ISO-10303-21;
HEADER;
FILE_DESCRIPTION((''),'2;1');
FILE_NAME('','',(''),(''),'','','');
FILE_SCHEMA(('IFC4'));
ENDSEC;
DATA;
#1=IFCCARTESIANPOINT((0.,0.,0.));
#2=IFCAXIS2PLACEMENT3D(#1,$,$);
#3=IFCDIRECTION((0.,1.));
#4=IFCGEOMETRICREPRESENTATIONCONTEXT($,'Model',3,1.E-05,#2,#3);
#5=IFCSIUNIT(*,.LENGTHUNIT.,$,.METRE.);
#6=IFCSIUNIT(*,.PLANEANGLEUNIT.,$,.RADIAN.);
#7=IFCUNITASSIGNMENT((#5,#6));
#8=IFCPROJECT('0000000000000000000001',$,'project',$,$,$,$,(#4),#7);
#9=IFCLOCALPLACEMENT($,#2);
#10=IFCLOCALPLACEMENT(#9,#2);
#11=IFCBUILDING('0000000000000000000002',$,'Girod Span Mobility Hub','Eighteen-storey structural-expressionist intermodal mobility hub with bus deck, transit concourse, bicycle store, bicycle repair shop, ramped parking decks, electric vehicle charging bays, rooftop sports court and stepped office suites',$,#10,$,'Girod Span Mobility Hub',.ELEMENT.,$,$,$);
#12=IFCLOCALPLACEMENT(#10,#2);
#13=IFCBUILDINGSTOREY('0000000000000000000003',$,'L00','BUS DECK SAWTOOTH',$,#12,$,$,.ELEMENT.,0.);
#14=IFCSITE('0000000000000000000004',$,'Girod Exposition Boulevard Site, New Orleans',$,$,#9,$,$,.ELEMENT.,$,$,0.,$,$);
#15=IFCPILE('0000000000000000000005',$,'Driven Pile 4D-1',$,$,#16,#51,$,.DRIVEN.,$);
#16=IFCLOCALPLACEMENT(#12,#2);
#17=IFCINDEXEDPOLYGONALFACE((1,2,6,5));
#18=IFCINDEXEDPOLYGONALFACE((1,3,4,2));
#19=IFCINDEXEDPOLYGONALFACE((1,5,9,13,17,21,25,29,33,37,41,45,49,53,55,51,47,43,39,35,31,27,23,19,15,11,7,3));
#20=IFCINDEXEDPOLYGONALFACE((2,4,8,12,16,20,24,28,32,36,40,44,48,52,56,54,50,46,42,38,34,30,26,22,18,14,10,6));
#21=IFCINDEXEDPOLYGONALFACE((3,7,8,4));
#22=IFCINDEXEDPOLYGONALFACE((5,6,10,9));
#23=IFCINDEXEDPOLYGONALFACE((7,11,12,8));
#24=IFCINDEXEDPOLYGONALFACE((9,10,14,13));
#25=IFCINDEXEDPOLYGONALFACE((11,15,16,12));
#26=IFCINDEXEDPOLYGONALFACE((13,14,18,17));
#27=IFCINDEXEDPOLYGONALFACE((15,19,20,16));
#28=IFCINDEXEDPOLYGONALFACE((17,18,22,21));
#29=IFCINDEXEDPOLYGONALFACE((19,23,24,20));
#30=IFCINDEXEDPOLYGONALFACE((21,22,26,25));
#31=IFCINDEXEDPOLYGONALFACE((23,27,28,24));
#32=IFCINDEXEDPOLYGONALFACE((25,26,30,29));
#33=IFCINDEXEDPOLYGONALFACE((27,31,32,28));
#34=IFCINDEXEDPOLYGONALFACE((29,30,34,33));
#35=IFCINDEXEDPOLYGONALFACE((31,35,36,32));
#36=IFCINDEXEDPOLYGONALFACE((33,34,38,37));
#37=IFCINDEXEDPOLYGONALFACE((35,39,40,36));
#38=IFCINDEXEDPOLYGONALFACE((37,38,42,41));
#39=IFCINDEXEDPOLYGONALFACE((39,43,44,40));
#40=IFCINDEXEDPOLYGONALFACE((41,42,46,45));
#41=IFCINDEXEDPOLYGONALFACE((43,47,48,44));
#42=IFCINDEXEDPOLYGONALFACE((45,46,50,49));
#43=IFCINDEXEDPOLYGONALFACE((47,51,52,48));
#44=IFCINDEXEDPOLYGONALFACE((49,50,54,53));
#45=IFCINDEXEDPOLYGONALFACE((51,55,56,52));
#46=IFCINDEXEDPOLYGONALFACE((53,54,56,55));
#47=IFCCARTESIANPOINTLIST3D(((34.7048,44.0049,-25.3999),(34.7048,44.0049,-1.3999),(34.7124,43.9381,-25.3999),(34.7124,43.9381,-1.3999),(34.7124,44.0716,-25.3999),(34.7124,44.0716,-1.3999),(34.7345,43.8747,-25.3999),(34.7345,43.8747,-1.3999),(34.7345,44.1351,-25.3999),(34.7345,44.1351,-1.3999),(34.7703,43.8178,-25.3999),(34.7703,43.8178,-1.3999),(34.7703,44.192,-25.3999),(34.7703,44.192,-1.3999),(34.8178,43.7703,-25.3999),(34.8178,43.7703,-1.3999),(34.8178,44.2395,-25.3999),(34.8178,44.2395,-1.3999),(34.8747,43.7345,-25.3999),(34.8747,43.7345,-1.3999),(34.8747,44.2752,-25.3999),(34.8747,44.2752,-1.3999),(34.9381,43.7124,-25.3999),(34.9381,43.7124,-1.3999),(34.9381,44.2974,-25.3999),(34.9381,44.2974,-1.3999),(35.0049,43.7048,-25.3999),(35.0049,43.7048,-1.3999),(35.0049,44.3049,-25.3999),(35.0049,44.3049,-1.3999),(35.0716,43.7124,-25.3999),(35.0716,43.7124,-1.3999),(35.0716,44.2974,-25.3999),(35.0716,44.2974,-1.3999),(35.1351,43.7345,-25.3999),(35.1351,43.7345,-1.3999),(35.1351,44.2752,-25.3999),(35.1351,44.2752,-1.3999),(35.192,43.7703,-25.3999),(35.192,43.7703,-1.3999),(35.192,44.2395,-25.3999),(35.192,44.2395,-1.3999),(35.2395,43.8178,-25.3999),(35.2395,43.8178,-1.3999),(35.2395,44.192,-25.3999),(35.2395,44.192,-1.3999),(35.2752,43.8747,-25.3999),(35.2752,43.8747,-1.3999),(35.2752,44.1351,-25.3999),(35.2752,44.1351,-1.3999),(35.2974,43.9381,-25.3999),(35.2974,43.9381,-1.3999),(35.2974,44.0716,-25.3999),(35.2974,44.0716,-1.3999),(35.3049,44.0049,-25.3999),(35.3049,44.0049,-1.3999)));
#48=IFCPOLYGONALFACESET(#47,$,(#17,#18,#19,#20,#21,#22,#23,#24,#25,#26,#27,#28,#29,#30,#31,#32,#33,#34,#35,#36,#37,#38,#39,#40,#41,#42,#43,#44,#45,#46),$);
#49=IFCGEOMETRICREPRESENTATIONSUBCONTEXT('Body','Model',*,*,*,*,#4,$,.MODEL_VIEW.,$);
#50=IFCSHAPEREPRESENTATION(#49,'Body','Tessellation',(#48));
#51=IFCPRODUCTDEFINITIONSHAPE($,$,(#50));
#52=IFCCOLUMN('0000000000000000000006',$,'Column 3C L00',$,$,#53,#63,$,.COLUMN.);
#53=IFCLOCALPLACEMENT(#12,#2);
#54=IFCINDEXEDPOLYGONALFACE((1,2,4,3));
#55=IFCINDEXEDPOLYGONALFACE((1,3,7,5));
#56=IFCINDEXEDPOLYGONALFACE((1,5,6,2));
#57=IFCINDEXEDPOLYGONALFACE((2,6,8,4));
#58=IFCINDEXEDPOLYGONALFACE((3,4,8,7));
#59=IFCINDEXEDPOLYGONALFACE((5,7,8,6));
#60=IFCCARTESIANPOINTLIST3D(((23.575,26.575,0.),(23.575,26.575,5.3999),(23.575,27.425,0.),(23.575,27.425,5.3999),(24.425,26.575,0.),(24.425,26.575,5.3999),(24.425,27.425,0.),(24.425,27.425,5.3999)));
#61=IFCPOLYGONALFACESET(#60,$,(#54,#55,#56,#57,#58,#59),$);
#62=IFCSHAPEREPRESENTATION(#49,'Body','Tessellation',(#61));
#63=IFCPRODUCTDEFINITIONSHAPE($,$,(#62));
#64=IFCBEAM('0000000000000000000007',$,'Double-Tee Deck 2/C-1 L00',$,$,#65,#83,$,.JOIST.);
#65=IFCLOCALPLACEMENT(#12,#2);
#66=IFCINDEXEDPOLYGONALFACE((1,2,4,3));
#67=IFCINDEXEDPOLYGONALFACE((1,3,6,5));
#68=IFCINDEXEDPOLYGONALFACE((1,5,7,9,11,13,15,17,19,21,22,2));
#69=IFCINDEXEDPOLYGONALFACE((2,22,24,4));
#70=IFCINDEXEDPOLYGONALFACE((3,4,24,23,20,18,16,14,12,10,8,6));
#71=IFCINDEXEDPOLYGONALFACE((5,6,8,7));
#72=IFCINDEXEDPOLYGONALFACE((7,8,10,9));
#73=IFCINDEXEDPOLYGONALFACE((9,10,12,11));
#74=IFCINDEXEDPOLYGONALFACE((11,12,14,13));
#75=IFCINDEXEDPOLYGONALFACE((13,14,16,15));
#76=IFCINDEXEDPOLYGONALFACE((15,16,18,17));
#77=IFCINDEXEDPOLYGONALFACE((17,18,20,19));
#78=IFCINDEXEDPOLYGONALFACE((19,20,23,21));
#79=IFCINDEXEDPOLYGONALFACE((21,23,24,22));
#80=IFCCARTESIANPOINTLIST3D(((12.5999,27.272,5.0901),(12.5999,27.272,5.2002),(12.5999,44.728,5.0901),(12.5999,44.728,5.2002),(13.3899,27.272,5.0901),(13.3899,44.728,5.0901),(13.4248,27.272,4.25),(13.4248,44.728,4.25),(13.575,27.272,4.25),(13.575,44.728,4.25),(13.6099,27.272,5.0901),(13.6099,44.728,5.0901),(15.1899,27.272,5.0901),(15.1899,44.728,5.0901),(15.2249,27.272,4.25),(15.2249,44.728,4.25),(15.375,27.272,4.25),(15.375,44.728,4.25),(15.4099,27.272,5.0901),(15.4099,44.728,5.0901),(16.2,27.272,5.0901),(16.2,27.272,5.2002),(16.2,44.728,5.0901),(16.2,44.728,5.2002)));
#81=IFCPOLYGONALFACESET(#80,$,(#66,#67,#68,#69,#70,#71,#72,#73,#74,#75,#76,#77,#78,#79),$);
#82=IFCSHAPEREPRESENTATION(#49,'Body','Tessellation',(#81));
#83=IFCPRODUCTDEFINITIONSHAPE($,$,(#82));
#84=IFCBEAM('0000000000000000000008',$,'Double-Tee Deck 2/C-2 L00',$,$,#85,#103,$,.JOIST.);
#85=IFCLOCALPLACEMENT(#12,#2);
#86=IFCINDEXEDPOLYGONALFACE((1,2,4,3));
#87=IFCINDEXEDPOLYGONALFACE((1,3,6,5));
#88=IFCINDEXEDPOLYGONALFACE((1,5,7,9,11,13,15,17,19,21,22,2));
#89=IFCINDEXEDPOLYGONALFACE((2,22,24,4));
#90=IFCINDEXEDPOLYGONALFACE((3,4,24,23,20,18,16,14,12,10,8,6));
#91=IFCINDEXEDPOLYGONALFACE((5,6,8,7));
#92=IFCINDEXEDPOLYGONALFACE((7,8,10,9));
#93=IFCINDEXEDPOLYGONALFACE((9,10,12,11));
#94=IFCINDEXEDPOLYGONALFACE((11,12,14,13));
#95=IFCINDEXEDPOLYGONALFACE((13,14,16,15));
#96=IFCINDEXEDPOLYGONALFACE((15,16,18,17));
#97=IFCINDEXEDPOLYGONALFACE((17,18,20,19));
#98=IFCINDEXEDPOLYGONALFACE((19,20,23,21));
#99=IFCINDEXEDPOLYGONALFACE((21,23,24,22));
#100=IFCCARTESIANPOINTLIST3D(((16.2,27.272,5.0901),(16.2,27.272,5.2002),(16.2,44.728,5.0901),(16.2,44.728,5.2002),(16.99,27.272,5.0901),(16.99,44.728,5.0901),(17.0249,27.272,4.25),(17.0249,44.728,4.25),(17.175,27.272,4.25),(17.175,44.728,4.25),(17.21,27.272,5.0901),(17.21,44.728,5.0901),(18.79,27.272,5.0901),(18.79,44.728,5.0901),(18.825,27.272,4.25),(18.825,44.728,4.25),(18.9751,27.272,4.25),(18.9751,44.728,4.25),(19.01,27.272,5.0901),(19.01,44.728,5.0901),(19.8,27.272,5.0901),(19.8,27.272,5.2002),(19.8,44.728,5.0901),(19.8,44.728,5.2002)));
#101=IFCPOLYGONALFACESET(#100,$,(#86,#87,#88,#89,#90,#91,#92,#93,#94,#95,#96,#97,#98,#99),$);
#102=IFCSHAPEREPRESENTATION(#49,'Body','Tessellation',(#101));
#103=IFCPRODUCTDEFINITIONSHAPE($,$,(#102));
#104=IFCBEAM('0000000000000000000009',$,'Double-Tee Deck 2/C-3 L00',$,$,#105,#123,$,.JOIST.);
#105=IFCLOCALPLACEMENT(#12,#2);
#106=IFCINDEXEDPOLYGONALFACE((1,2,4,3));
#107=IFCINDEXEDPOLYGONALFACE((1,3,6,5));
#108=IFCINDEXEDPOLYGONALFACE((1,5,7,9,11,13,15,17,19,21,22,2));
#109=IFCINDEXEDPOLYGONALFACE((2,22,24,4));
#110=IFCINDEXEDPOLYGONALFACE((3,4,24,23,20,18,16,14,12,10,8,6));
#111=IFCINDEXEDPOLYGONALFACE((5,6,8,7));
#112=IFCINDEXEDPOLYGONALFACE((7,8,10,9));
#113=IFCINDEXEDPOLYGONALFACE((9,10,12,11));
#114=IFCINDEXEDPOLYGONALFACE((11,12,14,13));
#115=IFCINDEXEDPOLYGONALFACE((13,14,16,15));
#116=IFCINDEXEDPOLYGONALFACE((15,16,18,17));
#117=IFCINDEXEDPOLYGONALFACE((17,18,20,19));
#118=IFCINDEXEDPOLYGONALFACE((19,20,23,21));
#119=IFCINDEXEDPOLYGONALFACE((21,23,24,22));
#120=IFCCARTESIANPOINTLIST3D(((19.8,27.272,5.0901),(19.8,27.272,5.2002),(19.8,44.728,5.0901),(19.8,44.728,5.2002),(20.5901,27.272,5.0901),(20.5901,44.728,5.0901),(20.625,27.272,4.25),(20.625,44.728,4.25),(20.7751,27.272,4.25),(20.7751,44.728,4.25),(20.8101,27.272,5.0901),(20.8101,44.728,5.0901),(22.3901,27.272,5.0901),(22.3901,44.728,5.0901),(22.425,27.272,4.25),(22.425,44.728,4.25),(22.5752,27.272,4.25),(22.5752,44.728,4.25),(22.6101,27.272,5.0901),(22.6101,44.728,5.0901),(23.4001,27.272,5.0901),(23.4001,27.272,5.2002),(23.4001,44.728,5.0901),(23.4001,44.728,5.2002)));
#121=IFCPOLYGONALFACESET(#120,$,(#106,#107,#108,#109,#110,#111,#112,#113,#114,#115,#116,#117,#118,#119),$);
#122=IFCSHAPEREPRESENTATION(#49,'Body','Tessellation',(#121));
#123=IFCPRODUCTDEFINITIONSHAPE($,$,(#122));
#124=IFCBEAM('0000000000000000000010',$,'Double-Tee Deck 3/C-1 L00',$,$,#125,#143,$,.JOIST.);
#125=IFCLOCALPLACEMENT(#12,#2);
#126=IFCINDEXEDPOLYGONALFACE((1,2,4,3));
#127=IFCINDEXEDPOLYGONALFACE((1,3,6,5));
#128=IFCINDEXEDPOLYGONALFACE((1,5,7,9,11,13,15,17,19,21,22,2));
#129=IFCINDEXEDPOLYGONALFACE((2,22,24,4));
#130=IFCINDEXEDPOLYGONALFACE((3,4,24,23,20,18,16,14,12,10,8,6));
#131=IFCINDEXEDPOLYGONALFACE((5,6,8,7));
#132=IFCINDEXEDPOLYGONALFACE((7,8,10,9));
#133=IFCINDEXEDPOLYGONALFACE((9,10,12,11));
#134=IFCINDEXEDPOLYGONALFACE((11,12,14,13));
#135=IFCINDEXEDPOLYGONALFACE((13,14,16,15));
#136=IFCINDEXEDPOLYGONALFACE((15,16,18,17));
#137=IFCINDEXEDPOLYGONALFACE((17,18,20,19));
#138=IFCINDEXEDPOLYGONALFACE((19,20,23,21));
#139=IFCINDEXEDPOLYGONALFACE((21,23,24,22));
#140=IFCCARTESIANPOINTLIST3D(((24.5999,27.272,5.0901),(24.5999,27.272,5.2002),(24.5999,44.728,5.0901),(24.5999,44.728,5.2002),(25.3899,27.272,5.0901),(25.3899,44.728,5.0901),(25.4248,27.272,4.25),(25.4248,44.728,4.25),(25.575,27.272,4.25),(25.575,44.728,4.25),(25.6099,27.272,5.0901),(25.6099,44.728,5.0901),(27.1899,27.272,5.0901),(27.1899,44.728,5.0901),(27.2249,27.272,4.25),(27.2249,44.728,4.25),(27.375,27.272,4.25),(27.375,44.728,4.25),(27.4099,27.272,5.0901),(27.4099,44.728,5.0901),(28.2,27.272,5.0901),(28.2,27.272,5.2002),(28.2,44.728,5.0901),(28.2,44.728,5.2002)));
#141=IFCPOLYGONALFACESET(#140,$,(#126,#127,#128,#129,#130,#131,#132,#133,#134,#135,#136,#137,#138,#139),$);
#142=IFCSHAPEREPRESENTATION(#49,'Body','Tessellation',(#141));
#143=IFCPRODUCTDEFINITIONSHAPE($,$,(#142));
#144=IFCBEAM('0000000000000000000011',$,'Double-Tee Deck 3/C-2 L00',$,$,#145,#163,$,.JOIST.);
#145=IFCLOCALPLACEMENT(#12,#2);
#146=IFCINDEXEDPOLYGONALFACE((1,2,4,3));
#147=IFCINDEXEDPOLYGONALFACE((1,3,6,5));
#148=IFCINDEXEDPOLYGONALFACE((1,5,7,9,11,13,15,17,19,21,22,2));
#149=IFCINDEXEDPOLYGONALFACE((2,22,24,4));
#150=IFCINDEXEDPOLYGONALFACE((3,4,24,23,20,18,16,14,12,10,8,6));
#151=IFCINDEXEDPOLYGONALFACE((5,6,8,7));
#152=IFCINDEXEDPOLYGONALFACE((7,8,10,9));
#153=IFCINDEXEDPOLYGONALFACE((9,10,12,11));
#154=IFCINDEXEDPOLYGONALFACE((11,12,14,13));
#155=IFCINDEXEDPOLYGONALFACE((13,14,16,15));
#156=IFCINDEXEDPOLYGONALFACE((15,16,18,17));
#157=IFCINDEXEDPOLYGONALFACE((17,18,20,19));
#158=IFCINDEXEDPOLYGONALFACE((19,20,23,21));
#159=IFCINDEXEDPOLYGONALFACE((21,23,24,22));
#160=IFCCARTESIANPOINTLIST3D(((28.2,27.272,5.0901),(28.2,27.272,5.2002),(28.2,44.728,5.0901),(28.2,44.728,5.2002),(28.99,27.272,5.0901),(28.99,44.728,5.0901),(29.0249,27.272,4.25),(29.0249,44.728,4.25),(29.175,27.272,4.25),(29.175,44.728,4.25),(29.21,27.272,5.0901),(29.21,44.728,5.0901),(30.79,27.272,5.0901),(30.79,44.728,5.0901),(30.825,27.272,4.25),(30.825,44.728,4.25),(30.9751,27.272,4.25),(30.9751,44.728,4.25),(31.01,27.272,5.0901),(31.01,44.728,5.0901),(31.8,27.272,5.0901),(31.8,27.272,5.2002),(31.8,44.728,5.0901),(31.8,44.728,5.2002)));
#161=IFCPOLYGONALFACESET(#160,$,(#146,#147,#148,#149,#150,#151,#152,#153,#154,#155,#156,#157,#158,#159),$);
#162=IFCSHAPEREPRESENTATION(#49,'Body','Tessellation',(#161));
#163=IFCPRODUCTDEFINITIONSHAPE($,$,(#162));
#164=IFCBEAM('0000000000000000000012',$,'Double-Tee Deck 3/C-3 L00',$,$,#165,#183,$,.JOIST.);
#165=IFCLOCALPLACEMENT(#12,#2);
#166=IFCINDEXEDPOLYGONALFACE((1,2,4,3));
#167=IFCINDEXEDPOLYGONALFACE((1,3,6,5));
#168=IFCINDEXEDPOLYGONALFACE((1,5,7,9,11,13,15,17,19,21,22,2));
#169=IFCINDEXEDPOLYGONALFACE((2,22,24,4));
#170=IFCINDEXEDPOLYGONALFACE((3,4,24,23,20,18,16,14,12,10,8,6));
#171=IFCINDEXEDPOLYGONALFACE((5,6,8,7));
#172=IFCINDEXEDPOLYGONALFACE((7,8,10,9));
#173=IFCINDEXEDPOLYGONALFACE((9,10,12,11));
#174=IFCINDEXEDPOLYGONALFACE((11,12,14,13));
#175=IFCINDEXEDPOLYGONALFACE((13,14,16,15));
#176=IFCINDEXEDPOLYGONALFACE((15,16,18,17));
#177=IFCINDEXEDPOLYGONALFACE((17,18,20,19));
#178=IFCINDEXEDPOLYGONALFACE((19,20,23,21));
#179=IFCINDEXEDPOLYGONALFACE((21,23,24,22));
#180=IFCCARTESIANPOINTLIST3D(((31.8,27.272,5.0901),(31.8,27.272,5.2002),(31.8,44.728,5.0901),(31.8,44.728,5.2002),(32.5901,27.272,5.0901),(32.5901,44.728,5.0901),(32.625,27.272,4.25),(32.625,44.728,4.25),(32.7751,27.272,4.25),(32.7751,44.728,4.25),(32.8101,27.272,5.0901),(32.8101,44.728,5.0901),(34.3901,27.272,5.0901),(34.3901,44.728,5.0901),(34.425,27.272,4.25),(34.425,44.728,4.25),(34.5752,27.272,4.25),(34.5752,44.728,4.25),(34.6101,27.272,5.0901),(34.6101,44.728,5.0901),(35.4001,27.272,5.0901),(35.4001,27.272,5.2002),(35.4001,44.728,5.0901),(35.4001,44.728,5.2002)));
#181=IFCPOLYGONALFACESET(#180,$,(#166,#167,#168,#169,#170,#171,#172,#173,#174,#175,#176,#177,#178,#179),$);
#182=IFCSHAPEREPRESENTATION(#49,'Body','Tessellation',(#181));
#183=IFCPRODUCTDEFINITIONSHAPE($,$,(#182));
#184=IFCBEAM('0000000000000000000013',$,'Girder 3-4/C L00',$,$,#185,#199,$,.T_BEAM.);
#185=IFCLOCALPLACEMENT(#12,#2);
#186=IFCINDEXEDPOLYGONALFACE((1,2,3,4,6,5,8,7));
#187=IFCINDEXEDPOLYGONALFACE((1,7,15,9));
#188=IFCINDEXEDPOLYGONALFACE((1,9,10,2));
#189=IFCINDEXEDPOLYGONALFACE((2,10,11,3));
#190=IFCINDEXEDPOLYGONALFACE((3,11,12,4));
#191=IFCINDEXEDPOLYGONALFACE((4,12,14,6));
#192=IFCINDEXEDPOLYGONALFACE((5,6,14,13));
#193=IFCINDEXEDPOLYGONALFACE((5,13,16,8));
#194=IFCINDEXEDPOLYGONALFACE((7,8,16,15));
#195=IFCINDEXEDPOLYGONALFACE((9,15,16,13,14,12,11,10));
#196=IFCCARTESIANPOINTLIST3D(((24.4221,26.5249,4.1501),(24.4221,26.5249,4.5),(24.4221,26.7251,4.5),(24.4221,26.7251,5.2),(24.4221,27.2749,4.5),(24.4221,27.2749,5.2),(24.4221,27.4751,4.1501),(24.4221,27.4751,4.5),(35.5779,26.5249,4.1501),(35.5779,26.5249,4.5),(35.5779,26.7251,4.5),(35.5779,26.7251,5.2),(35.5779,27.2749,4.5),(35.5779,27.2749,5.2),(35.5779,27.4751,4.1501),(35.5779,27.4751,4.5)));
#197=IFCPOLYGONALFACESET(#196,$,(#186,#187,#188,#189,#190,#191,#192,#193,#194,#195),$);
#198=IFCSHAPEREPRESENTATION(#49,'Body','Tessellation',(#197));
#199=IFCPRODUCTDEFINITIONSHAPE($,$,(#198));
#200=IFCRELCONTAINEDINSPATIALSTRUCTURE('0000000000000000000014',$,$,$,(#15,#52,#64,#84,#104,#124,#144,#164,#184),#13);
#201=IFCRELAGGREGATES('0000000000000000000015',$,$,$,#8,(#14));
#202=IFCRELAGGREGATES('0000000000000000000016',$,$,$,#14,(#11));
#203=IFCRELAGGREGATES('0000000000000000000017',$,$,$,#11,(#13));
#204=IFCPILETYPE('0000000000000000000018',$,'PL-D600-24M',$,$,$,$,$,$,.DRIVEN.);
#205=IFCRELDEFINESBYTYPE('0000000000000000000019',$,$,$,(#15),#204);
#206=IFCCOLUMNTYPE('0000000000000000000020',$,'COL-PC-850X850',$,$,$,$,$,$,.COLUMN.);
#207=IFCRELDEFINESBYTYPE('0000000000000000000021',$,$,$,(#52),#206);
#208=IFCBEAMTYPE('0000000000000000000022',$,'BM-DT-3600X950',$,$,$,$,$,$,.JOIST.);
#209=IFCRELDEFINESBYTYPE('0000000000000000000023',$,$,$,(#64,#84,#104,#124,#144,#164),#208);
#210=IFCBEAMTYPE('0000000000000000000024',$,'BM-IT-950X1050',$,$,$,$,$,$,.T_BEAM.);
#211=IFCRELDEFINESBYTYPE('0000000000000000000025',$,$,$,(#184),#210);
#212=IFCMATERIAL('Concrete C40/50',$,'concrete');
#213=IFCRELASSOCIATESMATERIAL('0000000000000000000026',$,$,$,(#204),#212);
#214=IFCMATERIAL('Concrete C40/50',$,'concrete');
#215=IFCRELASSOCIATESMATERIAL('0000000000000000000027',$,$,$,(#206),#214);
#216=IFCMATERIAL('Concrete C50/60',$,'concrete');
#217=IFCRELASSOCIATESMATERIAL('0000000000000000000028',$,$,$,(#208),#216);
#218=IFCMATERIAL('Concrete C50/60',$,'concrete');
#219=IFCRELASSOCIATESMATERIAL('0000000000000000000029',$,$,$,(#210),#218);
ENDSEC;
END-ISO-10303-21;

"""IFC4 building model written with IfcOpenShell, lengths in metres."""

from ifc_helpers import new_model, si_unit, direction, frame, origin, origin_2d, place, context, subcontext, project, spatial, polyline, rectangle, circle, outline, extrude, material, material_profile, profile_set, type_object, element, save


model = new_model("IFC4")

# Units and contexts
model_context = context("Model", 3, precision=1e-05, world=origin(), true_north=direction((0.0, 1.0)))
body_context = subcontext(model_context, "Body", "Model", "MODEL_VIEW")
ifc_project = project(units=[si_unit("LENGTHUNIT", "METRE"), si_unit("PLANEANGLEUNIT", "RADIAN")], contexts=[model_context])

# Site, building, storey
site_placement = place(None, origin())
site = spatial("IfcSite", under=ifc_project, at=site_placement, Name="Girod Exposition Boulevard Site, New Orleans", CompositionType="ELEMENT", RefElevation=0.0)
building_placement = place(site_placement, origin())
building = spatial("IfcBuilding", under=site, at=building_placement, Name="Girod Span Mobility Hub", Description="Eighteen-storey structural-expressionist intermodal mobility hub with bus deck, transit concourse, bicycle store, bicycle repair shop, ramped parking decks, electric vehicle charging bays, rooftop sports court and stepped office suites", LongName="Girod Span Mobility Hub", CompositionType="ELEMENT")
storey_placement = place(building_placement, origin())
storey = spatial("IfcBuildingStorey", under=building, at=storey_placement, Name="L00", Description="BUS DECK SAWTOOTH", CompositionType="ELEMENT", Elevation=0.0)

# Pile
ifc_material_1 = material(Name="Concrete C40/50", Category="concrete")
ifc_material_profile_1 = material_profile(ifc_material_1, circle(Radius=0.3, at=origin_2d()), Name="PILE-D600")
ifc_profile_set_1 = profile_set([ifc_material_profile_1], Name="Concrete C40/50")
pile_type_1 = type_object("IfcPileType", Name="PL-D600-24M", PredefinedType="DRIVEN", material=ifc_profile_set_1)
for number, where, z_axis, x_axis, name in (
    (1, (35.0049, 44.0049, -1.3999), (0.0, 0.0, -1.0), (1.0, 0.0, 0.0), "Driven Pile 4D-1"),
):
    element("IfcPile", number, at=place(storey_placement, frame(where, z_axis=z_axis, x_axis=x_axis)), inside=storey, type_object=pile_type_1, Name=name, PredefinedType="DRIVEN", context=body_context, shape_type="SweptSolid", body=[
        extrude(circle(Radius=0.3, at=origin_2d()), origin(), (0.0, 0.0, 1.0), 24.0),
    ])

# Column
ifc_material_2 = material(Name="Concrete C40/50", Category="concrete")
ifc_material_profile_2 = material_profile(ifc_material_2, rectangle(XDim=0.8501, YDim=0.8501, at=origin_2d()), Name="PC-COL-850X850")
ifc_profile_set_2 = profile_set([ifc_material_profile_2], Name="Concrete C40/50")
column_type = type_object("IfcColumnType", Name="COL-PC-850X850", PredefinedType="COLUMN", material=ifc_profile_set_2)
column_placement = place(storey_placement, frame((24.0, 27.0, 0.0), z_axis=(0.0, 0.0, 1.0), x_axis=(1.0, 0.0, 0.0)))
element("IfcColumn", 2, at=column_placement, inside=storey, type_object=column_type, Name="Column 3C L00", PredefinedType="COLUMN", context=body_context, shape_type="SweptSolid", body=[
    extrude(rectangle(XDim=0.8501, YDim=0.8501, at=origin_2d()), origin(), (0.0, 0.0, 1.0), 5.3999),
])

# Beams
ifc_material_3 = material(Name="Concrete C50/60", Category="concrete")
ifc_material_profile_3 = material_profile(ifc_material_3, outline(polyline([(-1.8, 0.4751), (-1.8, 0.365), (-1.01, 0.365), (-0.9751, -0.4751), (-0.825, -0.4751), (-0.79, 0.365), (0.79, 0.365), (0.825, -0.4751), (0.9751, -0.4751), (1.01, 0.365), (1.8, 0.365), (1.8, 0.4751), (-1.8, 0.4751)])), Name="DT-3600X950")
ifc_profile_set_3 = profile_set([ifc_material_profile_3], Name="Concrete C50/60")
beam_type_1 = type_object("IfcBeamType", Name="BM-DT-3600X950", PredefinedType="JOIST", material=ifc_profile_set_3)
for number, where, z_axis, x_axis, name in (
    (3, (14.3999, 27.272, 4.7251), (0.0, 1.0, 0.0), (-1.0, 0.0, 0.0), "Double-Tee Deck 2/C-1 L00"),
    (4, (18.0, 27.272, 4.7251), (0.0, 1.0, 0.0), (-1.0, 0.0, 0.0), "Double-Tee Deck 2/C-2 L00"),
    (5, (21.6001, 27.272, 4.7251), (0.0, 1.0, 0.0), (-1.0, 0.0, 0.0), "Double-Tee Deck 2/C-3 L00"),
    (6, (26.3999, 27.272, 4.7251), (0.0, 1.0, 0.0), (-1.0, 0.0, 0.0), "Double-Tee Deck 3/C-1 L00"),
    (7, (30.0, 27.272, 4.7251), (0.0, 1.0, 0.0), (-1.0, 0.0, 0.0), "Double-Tee Deck 3/C-2 L00"),
    (8, (33.6001, 27.272, 4.7251), (0.0, 1.0, 0.0), (-1.0, 0.0, 0.0), "Double-Tee Deck 3/C-3 L00"),
):
    element("IfcBeam", number, at=place(storey_placement, frame(where, z_axis=z_axis, x_axis=x_axis)), inside=storey, type_object=beam_type_1, Name=name, PredefinedType="JOIST", context=body_context, shape_type="SweptSolid", body=[
        extrude(outline(polyline([(-1.8, 0.4751), (-1.8, 0.365), (-1.01, 0.365), (-0.9751, -0.4751), (-0.825, -0.4751), (-0.79, 0.365), (0.79, 0.365), (0.825, -0.4751), (0.9751, -0.4751), (1.01, 0.365), (1.8, 0.365), (1.8, 0.4751), (-1.8, 0.4751)])), origin(), (0.0, 0.0, 1.0), 17.4561),
    ])
ifc_material_4 = material(Name="Concrete C50/60", Category="concrete")
ifc_material_profile_4 = material_profile(ifc_material_4, outline(polyline([(-0.4751, -0.5249), (0.4751, -0.5249), (0.4751, -0.175), (0.2749, -0.175), (0.2749, 0.5249), (-0.2749, 0.5249), (-0.2749, -0.175), (-0.4751, -0.175), (-0.4751, -0.5249)])), Name="IT-950X1050")
ifc_profile_set_4 = profile_set([ifc_material_profile_4], Name="Concrete C50/60")
beam_type_2 = type_object("IfcBeamType", Name="BM-IT-950X1050", PredefinedType="T_BEAM", material=ifc_profile_set_4)
beam_1_placement = place(storey_placement, frame((24.4221, 27.0, 4.675), z_axis=(1.0, 0.0, 0.0), x_axis=(0.0, 1.0, 0.0)))
element("IfcBeam", 9, at=beam_1_placement, inside=storey, type_object=beam_type_2, Name="Girder 3-4/C L00", PredefinedType="T_BEAM", context=body_context, shape_type="SweptSolid", body=[
    extrude(outline(polyline([(-0.4751, -0.5249), (0.4751, -0.5249), (0.4751, -0.175), (0.2749, -0.175), (0.2749, 0.5249), (-0.2749, 0.5249), (-0.2749, -0.175), (-0.4751, -0.175), (-0.4751, -0.5249)])), origin(), (0.0, 0.0, 1.0), 11.1558),
])

save(model, "model.ifc")
